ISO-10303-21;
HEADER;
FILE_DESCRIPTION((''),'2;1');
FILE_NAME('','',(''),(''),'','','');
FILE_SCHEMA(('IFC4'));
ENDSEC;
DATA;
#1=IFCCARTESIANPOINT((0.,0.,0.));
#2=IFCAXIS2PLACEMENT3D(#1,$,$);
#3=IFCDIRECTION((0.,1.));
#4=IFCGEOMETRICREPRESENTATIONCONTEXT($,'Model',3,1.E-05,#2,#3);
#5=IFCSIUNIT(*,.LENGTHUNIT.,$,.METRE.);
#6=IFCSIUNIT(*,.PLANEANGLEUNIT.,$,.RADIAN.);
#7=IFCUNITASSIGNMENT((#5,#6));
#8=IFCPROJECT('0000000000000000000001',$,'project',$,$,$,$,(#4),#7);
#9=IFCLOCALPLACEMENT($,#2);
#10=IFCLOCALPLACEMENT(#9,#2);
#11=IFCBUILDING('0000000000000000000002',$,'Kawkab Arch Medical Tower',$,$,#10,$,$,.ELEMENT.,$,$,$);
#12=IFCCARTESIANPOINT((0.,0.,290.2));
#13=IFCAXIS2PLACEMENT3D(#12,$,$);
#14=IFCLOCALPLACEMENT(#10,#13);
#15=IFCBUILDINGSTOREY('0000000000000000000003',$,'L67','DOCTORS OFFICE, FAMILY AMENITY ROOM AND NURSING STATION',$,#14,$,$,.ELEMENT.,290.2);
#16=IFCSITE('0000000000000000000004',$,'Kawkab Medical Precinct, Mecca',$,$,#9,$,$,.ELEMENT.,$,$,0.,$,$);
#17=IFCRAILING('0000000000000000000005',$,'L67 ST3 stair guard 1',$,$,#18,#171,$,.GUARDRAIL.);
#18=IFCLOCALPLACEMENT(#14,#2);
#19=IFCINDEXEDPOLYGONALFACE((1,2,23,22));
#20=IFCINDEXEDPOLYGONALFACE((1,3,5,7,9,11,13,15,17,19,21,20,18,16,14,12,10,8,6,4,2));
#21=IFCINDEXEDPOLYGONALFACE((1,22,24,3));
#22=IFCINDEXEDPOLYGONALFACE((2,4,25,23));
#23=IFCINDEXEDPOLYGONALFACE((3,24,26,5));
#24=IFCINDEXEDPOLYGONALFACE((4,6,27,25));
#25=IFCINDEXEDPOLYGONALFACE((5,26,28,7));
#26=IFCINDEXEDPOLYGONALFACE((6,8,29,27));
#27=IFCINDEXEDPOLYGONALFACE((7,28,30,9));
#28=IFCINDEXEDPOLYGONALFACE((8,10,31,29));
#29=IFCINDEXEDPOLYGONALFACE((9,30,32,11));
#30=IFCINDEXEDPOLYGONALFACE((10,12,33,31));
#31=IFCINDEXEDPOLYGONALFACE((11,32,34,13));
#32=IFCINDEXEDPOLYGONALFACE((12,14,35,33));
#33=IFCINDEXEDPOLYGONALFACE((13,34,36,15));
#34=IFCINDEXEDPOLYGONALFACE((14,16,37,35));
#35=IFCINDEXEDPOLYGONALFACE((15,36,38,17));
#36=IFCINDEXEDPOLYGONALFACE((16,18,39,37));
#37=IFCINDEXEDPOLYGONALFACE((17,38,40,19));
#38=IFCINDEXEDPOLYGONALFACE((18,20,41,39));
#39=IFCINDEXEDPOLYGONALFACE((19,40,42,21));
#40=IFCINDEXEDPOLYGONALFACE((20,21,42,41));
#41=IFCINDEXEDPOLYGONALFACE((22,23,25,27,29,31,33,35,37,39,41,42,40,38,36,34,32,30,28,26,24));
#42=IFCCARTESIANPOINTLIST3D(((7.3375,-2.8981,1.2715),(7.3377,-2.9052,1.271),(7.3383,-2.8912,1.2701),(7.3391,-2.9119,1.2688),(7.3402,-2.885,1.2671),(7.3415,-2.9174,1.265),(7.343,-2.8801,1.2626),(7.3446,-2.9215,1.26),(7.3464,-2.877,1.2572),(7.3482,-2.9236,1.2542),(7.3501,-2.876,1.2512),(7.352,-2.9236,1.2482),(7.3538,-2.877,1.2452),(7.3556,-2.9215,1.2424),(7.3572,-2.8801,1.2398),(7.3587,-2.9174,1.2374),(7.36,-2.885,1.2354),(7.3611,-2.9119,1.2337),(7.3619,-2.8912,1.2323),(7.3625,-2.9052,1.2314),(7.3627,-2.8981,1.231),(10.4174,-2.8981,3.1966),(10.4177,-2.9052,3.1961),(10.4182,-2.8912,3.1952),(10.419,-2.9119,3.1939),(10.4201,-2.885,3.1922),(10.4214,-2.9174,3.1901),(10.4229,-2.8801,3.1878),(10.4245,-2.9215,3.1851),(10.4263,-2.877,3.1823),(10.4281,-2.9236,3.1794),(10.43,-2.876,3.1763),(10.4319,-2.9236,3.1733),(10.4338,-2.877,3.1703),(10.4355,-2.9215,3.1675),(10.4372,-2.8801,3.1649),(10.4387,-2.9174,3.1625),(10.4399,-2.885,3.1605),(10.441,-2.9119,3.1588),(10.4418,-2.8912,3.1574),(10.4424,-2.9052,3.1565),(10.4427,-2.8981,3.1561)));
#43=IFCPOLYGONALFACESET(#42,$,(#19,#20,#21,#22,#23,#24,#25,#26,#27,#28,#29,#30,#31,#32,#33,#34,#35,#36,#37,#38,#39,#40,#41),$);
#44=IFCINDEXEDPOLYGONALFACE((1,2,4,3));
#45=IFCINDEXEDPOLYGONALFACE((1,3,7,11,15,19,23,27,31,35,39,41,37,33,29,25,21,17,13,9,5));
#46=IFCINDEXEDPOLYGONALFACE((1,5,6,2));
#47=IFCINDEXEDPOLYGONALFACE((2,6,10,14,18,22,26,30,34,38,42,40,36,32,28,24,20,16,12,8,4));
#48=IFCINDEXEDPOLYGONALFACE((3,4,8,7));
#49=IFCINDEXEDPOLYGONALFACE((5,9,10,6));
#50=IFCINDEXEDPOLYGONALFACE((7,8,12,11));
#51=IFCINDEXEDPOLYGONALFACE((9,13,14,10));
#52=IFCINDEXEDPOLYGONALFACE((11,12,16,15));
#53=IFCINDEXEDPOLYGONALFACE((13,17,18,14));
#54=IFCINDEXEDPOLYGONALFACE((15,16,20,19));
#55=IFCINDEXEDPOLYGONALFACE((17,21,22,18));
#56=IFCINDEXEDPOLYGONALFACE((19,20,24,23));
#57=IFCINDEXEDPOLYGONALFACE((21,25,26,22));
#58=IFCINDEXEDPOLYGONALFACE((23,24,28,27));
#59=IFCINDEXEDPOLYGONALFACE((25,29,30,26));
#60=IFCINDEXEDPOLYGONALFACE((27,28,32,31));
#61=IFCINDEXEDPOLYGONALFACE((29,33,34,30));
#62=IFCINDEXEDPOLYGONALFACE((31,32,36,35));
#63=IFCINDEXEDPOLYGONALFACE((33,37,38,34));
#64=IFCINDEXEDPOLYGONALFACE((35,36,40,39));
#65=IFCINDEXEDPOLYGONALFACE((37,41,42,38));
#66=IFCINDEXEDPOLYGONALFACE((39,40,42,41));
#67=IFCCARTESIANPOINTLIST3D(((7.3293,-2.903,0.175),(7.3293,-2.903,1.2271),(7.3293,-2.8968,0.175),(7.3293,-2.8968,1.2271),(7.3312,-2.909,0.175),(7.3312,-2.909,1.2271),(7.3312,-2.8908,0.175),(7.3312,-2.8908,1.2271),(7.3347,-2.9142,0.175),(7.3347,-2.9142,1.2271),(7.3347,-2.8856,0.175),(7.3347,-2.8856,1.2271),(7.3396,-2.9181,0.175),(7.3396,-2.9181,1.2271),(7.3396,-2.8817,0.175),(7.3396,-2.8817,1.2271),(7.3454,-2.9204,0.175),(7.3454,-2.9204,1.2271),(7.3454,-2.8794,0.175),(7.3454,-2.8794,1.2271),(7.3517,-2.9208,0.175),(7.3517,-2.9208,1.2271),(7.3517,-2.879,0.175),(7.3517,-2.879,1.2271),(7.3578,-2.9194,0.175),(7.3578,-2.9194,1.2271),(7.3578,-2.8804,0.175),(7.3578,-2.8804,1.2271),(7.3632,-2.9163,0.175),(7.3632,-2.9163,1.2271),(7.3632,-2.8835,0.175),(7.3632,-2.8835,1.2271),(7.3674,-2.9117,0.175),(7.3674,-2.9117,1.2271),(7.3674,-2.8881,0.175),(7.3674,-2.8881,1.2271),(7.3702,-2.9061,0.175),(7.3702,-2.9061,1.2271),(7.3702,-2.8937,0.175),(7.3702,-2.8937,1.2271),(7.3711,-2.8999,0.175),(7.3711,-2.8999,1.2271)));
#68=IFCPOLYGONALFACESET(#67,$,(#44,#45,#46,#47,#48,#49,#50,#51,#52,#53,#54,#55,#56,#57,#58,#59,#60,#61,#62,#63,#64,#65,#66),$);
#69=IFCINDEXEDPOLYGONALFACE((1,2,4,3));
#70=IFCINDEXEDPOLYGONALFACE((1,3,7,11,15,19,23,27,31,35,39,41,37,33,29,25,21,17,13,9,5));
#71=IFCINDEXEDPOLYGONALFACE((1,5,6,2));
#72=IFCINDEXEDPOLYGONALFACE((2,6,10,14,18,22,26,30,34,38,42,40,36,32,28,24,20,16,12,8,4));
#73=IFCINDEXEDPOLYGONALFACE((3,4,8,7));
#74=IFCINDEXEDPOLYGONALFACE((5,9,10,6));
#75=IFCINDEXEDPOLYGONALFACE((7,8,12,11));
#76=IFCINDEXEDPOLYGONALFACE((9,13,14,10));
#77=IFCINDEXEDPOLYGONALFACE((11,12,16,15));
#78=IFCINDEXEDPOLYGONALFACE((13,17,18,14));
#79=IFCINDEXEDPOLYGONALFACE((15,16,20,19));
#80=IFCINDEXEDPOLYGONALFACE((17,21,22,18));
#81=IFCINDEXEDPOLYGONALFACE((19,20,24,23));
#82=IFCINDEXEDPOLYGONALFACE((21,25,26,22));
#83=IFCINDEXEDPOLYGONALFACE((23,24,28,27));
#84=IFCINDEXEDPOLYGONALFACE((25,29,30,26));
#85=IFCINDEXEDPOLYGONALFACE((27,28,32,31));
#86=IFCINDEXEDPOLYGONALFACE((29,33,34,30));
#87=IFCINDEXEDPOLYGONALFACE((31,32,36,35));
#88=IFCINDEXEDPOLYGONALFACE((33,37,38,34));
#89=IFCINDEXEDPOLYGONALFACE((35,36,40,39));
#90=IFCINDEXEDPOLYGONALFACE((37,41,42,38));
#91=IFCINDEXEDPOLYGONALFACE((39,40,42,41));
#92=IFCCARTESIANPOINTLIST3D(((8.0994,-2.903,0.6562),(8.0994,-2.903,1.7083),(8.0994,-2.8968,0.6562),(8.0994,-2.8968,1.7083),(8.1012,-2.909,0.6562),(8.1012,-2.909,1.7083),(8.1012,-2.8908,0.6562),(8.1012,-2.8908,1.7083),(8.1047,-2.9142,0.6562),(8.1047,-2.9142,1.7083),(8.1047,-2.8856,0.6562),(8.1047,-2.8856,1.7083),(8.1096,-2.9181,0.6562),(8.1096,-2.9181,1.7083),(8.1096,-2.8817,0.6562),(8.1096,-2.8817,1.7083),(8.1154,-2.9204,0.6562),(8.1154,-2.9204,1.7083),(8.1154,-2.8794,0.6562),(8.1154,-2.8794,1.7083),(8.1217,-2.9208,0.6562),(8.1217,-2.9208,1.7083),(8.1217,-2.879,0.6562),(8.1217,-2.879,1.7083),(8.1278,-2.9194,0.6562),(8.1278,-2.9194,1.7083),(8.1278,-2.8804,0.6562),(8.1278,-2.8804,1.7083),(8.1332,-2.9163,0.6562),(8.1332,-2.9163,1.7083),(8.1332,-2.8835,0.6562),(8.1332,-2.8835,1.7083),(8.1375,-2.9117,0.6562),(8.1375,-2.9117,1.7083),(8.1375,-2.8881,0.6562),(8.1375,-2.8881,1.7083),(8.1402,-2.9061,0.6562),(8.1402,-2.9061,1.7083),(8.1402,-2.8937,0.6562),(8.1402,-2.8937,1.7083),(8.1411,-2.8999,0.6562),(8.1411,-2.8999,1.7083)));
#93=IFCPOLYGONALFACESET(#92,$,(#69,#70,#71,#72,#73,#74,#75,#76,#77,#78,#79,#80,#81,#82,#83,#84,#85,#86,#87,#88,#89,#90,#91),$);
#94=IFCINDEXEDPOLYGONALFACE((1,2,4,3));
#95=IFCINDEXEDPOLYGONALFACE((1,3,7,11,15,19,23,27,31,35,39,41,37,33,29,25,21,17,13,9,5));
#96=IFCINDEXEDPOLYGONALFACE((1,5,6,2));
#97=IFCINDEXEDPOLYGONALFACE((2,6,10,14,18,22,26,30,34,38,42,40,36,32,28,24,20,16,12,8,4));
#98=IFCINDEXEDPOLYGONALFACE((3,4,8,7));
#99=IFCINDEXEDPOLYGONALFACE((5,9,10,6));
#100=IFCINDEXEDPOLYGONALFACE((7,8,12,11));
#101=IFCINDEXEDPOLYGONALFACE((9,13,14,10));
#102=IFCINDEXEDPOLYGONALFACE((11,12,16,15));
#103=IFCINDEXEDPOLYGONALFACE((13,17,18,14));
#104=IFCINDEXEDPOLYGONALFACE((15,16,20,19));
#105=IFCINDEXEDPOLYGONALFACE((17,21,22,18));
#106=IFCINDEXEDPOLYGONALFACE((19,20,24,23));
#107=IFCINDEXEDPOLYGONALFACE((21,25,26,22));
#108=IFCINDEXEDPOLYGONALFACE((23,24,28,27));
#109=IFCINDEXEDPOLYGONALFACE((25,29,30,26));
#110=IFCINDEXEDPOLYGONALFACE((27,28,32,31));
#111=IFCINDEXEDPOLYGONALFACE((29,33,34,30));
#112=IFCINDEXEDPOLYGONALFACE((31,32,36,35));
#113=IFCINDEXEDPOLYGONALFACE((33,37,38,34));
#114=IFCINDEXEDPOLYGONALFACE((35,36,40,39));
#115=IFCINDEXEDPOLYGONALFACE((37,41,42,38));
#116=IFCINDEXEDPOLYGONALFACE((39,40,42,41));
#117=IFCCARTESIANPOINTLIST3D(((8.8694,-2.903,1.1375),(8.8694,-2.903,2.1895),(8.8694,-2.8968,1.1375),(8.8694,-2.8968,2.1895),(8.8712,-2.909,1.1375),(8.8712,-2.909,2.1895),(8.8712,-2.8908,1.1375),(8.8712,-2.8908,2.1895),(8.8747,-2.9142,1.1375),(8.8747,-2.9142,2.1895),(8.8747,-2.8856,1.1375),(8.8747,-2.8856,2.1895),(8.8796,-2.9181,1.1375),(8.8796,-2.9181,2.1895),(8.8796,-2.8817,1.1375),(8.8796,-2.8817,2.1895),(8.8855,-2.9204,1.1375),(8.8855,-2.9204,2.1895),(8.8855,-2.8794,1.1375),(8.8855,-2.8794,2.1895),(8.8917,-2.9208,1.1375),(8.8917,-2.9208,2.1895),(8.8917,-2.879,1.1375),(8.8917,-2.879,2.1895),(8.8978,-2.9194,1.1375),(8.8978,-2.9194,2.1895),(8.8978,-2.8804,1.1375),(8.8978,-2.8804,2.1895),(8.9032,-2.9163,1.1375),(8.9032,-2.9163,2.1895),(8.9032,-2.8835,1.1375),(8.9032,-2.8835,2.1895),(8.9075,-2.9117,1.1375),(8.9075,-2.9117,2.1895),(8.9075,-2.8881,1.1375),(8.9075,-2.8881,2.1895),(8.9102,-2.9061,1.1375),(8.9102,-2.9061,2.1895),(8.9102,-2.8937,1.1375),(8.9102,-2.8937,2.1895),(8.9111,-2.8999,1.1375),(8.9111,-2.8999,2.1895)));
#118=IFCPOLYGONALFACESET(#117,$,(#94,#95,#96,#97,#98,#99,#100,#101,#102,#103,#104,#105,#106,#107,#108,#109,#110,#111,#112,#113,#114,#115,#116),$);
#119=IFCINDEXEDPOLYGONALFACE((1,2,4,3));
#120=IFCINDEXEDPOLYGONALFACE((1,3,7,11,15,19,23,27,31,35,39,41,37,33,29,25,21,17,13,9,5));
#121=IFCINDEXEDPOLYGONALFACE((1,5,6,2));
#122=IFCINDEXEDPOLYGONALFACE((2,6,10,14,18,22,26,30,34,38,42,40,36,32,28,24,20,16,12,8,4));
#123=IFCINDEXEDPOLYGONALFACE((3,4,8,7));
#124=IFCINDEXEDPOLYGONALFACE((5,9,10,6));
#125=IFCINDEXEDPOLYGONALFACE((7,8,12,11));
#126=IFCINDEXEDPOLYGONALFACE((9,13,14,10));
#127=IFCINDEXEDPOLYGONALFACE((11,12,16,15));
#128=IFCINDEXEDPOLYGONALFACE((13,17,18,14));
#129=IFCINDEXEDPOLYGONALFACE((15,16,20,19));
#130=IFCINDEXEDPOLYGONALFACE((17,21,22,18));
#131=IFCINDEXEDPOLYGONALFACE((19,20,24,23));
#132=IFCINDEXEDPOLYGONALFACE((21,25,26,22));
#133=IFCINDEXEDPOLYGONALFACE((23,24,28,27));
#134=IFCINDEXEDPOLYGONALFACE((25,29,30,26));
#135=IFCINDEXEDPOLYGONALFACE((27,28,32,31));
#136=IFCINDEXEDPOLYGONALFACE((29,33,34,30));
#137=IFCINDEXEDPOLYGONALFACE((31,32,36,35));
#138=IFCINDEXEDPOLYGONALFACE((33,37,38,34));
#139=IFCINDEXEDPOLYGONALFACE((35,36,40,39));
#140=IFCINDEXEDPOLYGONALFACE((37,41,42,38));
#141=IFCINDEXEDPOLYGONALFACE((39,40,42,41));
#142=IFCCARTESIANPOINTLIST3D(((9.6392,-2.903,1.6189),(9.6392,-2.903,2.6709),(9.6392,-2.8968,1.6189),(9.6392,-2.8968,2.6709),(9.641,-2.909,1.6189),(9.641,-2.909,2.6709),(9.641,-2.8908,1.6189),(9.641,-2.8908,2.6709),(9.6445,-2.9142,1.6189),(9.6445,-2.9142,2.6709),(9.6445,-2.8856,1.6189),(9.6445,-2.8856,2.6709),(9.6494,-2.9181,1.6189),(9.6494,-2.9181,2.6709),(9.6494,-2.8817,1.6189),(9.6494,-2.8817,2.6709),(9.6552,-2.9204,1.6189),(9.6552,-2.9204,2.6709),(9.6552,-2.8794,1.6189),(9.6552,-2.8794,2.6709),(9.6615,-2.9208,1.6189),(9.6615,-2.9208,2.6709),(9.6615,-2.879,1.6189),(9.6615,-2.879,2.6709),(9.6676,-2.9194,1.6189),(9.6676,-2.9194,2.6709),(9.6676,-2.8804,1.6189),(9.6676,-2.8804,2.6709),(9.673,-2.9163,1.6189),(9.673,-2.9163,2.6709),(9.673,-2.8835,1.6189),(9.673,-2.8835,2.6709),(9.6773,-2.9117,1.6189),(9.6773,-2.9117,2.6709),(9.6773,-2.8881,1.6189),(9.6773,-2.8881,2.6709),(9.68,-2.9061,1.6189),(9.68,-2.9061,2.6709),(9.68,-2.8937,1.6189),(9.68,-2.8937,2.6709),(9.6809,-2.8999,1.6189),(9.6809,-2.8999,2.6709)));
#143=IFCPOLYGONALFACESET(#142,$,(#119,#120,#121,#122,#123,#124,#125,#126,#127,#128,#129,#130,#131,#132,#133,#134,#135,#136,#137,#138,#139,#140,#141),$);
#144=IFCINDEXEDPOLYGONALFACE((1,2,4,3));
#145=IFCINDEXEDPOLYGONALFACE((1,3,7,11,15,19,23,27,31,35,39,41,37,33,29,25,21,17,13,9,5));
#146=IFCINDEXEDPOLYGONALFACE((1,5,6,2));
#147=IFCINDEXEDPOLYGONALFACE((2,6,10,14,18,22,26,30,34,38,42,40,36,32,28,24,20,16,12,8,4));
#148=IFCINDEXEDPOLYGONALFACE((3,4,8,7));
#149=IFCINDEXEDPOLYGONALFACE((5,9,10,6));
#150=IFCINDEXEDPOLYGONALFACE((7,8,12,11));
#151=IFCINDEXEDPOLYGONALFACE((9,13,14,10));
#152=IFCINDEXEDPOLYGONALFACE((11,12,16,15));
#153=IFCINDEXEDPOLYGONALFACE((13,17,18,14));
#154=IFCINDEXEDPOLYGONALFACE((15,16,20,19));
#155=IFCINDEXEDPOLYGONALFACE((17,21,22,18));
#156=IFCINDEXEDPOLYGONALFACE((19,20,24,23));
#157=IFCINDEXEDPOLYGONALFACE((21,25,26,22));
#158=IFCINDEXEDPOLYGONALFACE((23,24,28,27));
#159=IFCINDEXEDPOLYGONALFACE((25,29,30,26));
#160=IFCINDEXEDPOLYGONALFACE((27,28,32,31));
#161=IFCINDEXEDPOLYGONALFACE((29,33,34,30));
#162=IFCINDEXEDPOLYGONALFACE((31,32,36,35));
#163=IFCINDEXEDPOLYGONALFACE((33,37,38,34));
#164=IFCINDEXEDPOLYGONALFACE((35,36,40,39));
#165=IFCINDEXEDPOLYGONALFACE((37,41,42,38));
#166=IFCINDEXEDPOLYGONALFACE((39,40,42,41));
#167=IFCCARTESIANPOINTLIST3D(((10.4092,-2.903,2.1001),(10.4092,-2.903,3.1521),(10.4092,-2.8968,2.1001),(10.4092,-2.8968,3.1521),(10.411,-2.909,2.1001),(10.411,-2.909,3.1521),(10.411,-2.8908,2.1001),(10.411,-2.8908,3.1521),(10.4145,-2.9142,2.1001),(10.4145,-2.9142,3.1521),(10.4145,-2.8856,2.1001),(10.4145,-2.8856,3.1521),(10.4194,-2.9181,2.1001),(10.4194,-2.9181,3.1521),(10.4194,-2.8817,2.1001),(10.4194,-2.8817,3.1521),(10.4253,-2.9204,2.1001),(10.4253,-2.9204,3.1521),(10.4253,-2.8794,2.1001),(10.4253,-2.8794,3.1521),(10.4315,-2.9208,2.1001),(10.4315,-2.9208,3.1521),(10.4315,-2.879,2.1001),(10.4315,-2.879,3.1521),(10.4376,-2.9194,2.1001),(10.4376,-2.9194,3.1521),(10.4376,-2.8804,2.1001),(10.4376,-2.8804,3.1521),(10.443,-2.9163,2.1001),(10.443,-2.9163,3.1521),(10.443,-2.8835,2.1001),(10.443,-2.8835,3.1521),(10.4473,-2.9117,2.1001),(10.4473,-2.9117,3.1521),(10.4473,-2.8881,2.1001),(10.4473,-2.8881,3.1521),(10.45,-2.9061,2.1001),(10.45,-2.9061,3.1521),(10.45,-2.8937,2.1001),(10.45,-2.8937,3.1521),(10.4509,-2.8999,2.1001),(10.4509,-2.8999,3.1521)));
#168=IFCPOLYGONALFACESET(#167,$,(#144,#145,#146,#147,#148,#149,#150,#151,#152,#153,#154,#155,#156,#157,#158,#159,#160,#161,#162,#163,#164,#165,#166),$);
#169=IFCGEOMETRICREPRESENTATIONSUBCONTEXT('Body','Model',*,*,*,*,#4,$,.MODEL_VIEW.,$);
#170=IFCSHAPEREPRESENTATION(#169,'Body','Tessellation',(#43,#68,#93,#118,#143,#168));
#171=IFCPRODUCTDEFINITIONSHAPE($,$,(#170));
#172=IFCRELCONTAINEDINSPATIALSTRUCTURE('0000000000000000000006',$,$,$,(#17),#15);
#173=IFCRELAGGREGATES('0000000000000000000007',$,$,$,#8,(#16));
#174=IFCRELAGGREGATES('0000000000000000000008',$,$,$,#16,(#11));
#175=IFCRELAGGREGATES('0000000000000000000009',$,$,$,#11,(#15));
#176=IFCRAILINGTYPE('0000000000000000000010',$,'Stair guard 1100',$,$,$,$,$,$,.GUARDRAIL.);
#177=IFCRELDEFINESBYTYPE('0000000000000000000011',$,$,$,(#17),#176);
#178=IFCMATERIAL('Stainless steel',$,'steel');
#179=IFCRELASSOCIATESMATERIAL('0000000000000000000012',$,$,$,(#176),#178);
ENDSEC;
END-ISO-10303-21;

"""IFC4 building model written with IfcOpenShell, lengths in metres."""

from ifc_helpers import new_model, si_unit, direction, frame, origin, origin_2d, place, context, subcontext, project, spatial, circle, extrude, material, type_object, element, save


model = new_model("IFC4")

# Units and contexts
model_context = context("Model", 3, precision=1e-05, world=origin(), true_north=direction((0.0, 1.0)))
body_context = subcontext(model_context, "Body", "Model", "MODEL_VIEW")
ifc_project = project(units=[si_unit("LENGTHUNIT", "METRE"), si_unit("PLANEANGLEUNIT", "RADIAN")], contexts=[model_context])

# Site, building, storey
site_placement = place(None, origin())
site = spatial("IfcSite", under=ifc_project, at=site_placement, Name="Kawkab Medical Precinct, Mecca", CompositionType="ELEMENT", RefElevation=0.0)
building_placement = place(site_placement, origin())
building = spatial("IfcBuilding", under=site, at=building_placement, Name="Kawkab Arch Medical Tower", CompositionType="ELEMENT")
storey_placement = place(building_placement, frame((0.0, 0.0, 290.2)))
storey = spatial("IfcBuildingStorey", under=building, at=storey_placement, Name="L67", Description="DOCTORS OFFICE, FAMILY AMENITY ROOM AND NURSING STATION", CompositionType="ELEMENT", Elevation=290.2)

# Railing
ifc_material_1 = material(Name="Stainless steel", Category="steel")
railing_type = type_object("IfcRailingType", Name="Stair guard 1100", PredefinedType="GUARDRAIL", material=ifc_material_1)
railing_1_placement = place(storey_placement, frame((7.3501, -2.8999, 0.175)))
element("IfcRailing", 1, at=railing_1_placement, inside=storey, type_object=railing_type, Name="L67 ST3 stair guard 1", PredefinedType="GUARDRAIL", context=body_context, shape_type="SweptSolid", body=[
    extrude(circle(Radius=0.0239, at=origin_2d()), frame((0.0, 0.0, 1.0762), z_axis=(0.847979, 0.0, 0.530029), x_axis=(0.0, 1.0, 0.0)), (0.0, 0.0, 1.0), 3.6321),
    extrude(circle(Radius=0.021, at=origin_2d()), origin(), (0.0, 0.0, 1.0), 1.052),
    extrude(circle(Radius=0.021, at=origin_2d()), frame((0.77, 0.0, 0.4812)), (0.0, 0.0, 1.0), 1.052),
    extrude(circle(Radius=0.021, at=origin_2d()), frame((1.54, 0.0, 0.9624)), (0.0, 0.0, 1.0), 1.052),
    extrude(circle(Radius=0.021, at=origin_2d()), frame((2.3098, 0.0, 1.4438)), (0.0, 0.0, 1.0), 1.052),
    extrude(circle(Radius=0.021, at=origin_2d()), frame((3.0798, 0.0, 1.925)), (0.0, 0.0, 1.0), 1.052),
])

save(model, "model.ifc")
